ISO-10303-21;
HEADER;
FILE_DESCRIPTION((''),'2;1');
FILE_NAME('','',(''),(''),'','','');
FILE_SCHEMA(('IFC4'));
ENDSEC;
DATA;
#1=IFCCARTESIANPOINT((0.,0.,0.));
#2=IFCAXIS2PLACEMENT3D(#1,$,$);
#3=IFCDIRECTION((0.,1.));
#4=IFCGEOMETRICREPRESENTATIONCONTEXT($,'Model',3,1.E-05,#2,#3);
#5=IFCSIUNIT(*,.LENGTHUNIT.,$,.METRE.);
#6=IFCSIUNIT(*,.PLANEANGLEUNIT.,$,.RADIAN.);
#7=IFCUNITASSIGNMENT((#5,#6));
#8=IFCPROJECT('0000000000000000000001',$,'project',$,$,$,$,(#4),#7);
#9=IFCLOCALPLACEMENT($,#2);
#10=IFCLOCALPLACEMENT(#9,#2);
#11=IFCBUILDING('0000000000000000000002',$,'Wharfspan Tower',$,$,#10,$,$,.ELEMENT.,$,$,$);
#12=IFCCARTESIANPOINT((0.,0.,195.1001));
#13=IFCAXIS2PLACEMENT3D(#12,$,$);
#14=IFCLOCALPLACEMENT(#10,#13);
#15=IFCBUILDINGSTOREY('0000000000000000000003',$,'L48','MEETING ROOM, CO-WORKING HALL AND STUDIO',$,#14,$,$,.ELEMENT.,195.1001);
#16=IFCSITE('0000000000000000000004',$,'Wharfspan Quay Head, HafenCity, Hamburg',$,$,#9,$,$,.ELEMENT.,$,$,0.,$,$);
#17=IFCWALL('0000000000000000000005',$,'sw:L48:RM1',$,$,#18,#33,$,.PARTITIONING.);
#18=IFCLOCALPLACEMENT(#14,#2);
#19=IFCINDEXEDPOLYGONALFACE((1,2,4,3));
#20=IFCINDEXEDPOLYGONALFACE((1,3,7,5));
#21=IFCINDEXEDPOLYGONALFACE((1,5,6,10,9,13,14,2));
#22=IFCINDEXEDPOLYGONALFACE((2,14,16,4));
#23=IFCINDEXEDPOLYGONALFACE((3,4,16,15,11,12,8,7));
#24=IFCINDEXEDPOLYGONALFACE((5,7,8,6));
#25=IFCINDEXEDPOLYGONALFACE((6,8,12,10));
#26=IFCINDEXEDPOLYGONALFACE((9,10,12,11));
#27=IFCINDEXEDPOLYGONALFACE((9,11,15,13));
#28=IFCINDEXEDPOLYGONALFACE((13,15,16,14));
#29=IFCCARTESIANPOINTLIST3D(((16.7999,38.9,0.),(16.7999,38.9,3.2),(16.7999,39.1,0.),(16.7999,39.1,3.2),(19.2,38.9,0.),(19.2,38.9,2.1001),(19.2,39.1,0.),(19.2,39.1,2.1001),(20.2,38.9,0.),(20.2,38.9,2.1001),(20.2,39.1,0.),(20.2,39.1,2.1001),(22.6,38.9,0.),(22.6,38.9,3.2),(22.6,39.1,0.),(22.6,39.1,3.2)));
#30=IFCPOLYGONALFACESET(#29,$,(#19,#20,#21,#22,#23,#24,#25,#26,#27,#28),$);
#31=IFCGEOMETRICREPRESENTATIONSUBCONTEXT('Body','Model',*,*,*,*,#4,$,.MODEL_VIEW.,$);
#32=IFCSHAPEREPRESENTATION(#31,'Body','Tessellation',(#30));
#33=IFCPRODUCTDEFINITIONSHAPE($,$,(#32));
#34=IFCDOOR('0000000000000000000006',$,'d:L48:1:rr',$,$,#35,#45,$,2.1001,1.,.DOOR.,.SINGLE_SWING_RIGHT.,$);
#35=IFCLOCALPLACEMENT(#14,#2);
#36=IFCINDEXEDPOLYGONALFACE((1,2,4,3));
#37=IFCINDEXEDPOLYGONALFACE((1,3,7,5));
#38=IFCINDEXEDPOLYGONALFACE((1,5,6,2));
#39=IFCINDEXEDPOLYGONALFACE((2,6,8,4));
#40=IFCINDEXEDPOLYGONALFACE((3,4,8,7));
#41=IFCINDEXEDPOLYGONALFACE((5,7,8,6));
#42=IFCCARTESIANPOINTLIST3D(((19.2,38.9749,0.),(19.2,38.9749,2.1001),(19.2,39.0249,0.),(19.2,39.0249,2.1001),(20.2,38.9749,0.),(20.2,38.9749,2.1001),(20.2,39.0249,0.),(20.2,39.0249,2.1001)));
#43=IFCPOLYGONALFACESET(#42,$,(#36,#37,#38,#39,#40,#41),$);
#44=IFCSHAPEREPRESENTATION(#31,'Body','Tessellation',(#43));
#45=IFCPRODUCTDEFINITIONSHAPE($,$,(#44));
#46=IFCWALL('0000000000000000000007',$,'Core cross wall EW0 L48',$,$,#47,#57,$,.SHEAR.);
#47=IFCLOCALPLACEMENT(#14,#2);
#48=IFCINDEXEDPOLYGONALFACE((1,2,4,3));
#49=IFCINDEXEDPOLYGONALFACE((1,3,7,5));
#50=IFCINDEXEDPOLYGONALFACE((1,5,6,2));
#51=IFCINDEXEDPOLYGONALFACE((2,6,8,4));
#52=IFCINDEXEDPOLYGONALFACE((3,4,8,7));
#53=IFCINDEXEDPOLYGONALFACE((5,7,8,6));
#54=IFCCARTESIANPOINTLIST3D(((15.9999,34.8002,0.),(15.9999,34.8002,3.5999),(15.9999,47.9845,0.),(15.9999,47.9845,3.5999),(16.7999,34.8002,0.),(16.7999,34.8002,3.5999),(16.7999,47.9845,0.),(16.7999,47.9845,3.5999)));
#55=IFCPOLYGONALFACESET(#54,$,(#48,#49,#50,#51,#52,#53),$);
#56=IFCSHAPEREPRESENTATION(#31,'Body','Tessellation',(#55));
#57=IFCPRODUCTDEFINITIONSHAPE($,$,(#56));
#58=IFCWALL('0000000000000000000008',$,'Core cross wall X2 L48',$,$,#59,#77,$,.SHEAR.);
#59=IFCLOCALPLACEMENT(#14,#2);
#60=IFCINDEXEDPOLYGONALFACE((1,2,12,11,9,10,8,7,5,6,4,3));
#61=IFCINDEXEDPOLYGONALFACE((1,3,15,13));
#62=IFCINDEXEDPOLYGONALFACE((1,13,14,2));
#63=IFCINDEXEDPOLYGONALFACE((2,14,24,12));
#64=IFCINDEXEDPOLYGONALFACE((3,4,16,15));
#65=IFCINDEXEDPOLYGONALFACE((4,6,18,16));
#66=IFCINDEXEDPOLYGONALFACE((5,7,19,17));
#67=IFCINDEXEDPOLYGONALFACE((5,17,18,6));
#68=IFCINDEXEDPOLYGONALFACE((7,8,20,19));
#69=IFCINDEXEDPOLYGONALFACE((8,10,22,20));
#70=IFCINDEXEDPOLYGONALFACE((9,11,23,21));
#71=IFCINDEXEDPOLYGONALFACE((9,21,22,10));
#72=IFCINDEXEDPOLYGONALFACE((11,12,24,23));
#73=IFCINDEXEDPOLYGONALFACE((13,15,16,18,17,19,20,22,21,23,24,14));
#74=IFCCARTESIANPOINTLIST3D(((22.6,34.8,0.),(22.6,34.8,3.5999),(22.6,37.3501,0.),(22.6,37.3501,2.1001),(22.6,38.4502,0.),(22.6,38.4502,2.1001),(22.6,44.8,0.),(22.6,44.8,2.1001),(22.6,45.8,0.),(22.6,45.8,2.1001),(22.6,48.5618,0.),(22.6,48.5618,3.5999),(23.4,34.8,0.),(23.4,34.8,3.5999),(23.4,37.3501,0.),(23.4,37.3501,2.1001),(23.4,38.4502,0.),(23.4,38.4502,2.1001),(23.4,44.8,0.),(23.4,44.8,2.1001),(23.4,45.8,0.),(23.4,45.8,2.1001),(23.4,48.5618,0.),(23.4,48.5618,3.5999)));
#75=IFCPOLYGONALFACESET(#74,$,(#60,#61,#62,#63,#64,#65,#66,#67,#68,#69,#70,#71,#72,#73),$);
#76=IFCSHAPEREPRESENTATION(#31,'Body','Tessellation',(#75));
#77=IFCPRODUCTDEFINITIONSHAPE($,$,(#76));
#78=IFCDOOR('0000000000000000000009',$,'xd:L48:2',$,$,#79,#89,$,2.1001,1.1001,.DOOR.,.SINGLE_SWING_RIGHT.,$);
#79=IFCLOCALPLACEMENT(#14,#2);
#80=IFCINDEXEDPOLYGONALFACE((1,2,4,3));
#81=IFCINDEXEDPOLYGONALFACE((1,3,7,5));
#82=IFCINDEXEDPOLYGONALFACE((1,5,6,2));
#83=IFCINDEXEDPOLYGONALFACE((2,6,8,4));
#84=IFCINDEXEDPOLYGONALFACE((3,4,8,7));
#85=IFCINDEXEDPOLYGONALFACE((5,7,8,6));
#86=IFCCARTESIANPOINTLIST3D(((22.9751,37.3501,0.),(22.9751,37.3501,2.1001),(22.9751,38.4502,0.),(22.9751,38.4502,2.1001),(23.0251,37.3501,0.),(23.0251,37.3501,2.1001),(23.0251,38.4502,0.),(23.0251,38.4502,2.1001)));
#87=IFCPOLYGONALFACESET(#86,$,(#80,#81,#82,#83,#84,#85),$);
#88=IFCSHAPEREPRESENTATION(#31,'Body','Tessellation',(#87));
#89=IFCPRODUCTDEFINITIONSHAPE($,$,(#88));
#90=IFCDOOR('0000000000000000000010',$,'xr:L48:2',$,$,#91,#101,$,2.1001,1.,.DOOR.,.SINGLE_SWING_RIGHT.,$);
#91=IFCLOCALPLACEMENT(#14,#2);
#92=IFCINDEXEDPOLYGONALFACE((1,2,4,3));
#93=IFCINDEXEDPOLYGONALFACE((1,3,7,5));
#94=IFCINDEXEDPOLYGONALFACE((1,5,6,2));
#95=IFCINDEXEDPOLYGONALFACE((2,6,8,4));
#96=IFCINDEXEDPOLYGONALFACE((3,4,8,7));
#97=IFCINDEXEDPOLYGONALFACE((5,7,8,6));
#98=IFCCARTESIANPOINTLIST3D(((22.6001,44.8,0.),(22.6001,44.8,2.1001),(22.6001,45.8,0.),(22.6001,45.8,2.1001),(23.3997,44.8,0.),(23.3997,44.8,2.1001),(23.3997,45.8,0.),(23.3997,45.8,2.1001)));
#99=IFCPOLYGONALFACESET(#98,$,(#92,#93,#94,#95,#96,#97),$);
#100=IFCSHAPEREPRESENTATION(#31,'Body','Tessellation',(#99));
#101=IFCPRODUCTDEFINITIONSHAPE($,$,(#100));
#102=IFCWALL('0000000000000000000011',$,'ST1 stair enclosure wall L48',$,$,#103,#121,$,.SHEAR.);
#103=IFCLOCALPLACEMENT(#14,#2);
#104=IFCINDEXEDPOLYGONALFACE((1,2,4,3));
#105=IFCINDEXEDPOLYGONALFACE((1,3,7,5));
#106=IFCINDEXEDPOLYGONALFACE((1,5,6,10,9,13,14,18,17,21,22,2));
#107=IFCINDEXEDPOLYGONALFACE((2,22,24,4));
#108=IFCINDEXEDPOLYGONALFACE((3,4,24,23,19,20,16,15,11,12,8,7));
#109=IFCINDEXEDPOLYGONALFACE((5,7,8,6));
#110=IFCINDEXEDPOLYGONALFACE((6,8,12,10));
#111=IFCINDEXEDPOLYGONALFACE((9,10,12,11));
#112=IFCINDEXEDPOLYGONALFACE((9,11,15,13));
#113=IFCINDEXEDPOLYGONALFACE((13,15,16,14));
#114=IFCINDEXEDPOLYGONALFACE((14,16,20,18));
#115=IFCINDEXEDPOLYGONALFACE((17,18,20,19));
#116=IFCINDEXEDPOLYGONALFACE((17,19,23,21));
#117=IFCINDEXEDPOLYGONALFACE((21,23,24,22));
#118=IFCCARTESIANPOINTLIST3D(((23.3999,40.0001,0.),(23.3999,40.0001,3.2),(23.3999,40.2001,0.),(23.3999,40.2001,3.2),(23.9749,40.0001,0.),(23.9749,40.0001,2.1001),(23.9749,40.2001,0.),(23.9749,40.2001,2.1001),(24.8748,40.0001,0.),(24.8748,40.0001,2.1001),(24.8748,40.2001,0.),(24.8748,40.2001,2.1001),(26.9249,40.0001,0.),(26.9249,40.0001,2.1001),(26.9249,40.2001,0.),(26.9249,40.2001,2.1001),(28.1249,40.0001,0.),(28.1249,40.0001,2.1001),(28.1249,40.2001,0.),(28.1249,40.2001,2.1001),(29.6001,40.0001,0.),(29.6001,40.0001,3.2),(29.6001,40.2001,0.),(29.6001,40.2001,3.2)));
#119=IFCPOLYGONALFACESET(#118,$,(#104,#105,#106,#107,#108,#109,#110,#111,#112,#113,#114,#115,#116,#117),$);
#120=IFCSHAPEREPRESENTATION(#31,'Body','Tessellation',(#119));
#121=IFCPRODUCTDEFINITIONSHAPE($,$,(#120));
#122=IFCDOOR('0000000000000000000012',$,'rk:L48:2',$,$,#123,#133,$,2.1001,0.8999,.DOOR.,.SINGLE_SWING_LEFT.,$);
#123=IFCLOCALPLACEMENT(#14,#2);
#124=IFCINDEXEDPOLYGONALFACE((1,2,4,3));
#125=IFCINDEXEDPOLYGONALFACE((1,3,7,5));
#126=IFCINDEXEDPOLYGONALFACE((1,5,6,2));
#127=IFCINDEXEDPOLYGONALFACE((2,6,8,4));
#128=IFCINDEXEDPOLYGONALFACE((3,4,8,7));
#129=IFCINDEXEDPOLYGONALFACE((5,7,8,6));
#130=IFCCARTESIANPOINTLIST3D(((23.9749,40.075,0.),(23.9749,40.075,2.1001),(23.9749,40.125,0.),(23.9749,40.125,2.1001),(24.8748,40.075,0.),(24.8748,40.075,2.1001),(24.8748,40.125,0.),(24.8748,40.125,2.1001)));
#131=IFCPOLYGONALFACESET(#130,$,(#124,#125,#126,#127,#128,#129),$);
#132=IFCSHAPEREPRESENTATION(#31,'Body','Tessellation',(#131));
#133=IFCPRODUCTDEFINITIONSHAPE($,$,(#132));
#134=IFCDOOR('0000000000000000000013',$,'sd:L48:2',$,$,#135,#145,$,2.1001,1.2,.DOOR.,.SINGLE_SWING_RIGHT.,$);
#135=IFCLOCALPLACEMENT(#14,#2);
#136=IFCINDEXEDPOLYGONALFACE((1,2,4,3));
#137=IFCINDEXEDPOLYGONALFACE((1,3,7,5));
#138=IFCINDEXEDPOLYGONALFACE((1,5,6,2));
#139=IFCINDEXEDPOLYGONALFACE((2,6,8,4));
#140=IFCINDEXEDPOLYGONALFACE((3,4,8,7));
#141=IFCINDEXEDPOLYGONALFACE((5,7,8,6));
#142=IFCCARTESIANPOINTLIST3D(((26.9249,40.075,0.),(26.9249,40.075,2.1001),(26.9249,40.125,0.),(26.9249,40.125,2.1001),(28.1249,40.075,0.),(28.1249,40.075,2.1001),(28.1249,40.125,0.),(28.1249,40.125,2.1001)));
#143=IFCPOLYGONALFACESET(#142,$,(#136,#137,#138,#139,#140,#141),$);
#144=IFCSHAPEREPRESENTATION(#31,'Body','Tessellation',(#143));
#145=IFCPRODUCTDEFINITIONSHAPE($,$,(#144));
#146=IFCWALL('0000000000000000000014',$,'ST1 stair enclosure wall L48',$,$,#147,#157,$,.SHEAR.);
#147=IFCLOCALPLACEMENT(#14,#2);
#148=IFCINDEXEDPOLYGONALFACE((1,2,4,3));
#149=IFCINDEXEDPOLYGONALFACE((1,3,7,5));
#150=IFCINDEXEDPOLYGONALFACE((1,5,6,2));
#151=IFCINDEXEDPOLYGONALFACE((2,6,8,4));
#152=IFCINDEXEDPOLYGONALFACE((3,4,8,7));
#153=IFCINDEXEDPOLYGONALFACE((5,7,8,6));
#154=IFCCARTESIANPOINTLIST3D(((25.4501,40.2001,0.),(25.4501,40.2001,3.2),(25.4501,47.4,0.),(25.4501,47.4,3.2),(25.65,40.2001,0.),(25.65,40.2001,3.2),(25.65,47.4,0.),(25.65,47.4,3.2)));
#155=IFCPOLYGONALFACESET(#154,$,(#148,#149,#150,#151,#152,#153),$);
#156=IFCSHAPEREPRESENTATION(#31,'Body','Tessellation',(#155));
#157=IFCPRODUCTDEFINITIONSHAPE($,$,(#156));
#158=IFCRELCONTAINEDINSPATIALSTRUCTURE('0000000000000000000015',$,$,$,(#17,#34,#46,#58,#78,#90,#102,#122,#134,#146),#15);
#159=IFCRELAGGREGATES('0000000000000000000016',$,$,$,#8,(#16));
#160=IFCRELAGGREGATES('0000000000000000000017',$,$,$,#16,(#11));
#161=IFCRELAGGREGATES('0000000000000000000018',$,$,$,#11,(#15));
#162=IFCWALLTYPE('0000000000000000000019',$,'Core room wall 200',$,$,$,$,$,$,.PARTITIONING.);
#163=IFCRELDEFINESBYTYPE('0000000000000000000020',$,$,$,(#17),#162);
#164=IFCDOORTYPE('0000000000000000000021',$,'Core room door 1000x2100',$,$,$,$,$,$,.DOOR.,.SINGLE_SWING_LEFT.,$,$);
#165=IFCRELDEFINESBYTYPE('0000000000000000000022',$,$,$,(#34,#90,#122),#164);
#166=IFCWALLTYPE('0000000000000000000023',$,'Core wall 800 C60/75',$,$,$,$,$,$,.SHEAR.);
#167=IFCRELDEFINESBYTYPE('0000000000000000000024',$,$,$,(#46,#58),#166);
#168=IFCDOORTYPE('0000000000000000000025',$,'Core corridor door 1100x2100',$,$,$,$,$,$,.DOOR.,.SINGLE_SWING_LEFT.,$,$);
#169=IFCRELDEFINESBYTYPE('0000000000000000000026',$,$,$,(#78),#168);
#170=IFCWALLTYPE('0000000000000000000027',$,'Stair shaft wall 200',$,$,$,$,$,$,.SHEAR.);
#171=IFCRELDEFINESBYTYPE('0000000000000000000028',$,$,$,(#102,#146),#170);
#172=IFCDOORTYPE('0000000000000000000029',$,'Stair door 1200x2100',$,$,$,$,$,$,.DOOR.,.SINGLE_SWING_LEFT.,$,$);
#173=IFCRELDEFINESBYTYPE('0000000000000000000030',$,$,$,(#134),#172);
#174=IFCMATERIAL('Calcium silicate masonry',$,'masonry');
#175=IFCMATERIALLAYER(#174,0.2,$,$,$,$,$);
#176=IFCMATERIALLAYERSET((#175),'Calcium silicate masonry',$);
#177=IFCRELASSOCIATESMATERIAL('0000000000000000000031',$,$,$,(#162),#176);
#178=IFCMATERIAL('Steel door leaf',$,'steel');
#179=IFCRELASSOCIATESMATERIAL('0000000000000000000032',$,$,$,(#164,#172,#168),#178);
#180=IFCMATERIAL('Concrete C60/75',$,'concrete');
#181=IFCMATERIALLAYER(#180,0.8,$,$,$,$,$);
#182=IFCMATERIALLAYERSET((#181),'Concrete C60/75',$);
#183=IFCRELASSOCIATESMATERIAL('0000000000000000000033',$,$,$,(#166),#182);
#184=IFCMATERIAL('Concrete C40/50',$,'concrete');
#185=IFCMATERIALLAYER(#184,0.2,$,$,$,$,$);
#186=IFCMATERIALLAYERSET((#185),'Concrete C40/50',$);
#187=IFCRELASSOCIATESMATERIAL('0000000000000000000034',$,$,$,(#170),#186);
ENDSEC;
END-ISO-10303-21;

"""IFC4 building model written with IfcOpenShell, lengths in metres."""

from ifc_helpers import new_model, si_unit, direction, frame, frame_2d, origin, place, context, subcontext, project, spatial, rectangle, extrude, material, layer, layer_set, type_object, element, fill, save


model = new_model("IFC4")

# Units and contexts
model_context = context("Model", 3, precision=1e-05, world=origin(), true_north=direction((0.0, 1.0)))
body_context = subcontext(model_context, "Body", "Model", "MODEL_VIEW")
ifc_project = project(units=[si_unit("LENGTHUNIT", "METRE"), si_unit("PLANEANGLEUNIT", "RADIAN")], contexts=[model_context])

# Site, building, storey
site_placement = place(None, origin())
site = spatial("IfcSite", under=ifc_project, at=site_placement, Name="Wharfspan Quay Head, HafenCity, Hamburg", CompositionType="ELEMENT", RefElevation=0.0)
building_placement = place(site_placement, origin())
building = spatial("IfcBuilding", under=site, at=building_placement, Name="Wharfspan Tower", CompositionType="ELEMENT")
storey_placement = place(building_placement, frame((0.0, 0.0, 195.1001)))
storey = spatial("IfcBuildingStorey", under=building, at=storey_placement, Name="L48", Description="MEETING ROOM, CO-WORKING HALL AND STUDIO", CompositionType="ELEMENT", Elevation=195.1001)

# Wall, opening, door
ifc_material_1 = material(Name="Calcium silicate masonry", Category="masonry")
ifc_layer_1 = layer(ifc_material_1, 0.2)
ifc_layer_set_1 = layer_set([ifc_layer_1], Name="Calcium silicate masonry")
wall_type_1 = type_object("IfcWallType", Name="Core room wall 200", PredefinedType="PARTITIONING", material=ifc_layer_set_1)
wall_1_placement = place(storey_placement, frame((16.8, 39.0, 0.0), z_axis=(0.0, 0.0, 1.0), x_axis=(1.0, 0.0, 0.0)))
wall_1 = element("IfcWall", 1, at=wall_1_placement, inside=storey, type_object=wall_type_1, Name="sw:L48:RM1", PredefinedType="PARTITIONING", context=body_context, shape_type="SweptSolid", body=[
    extrude(rectangle(XDim=5.8, YDim=0.2, at=frame_2d((2.8999, 0.0))), origin(), (0.0, 0.0, 1.0), 3.2),
])
opening_1_placement = place(wall_1_placement, frame((2.3999, 0.0, 0.0)))
opening_1 = element("IfcOpeningElement", 2, at=opening_1_placement, cuts=wall_1, PredefinedType="OPENING", context=body_context, shape_type="SweptSolid", body=[
    extrude(rectangle(XDim=1.0, YDim=2.1001, at=frame_2d((0.5, 1.05))), frame((0.0, 0.1099, 0.0), z_axis=(0.0, -1.0, 0.0), x_axis=(1.0, 0.0, 0.0)), (0.0, 0.0, 1.0), 0.22),
])
ifc_material_2 = material(Name="Steel door leaf", Category="steel")
door_type_1 = type_object("IfcDoorType", Name="Core room door 1000x2100", OperationType="SINGLE_SWING_LEFT", PredefinedType="DOOR", material=ifc_material_2)
door_1_placement = place(opening_1_placement, origin())
door_1 = element("IfcDoor", 3, at=door_1_placement, inside=storey, type_object=door_type_1, Name="d:L48:1:rr", OperationType="SINGLE_SWING_RIGHT", OverallHeight=2.1001, OverallWidth=1.0, PredefinedType="DOOR", context=body_context, shape_type="SweptSolid", body=[
    extrude(rectangle(XDim=1.0, YDim=2.1001, at=frame_2d((0.5, 1.05))), frame((0.0, 0.0249, 0.0), z_axis=(0.0, -1.0, 0.0), x_axis=(1.0, 0.0, 0.0)), (0.0, 0.0, 1.0), 0.05),
])
fill(opening_1, door_1)

# Shared definitions
ifc_material_3 = material(Name="Concrete C60/75", Category="concrete")
ifc_layer_2 = layer(ifc_material_3, 0.8)
ifc_layer_set_2 = layer_set([ifc_layer_2], Name="Concrete C60/75")
wall_type_2 = type_object("IfcWallType", Name="Core wall 800 C60/75", PredefinedType="SHEAR", material=ifc_layer_set_2)
door_type_2 = type_object("IfcDoorType", Name="Stair door 1200x2100", OperationType="SINGLE_SWING_LEFT", PredefinedType="DOOR", material=ifc_material_2)

# Wall
wall_2_placement = place(storey_placement, frame((16.3999, 34.8, 0.0), z_axis=(0.0, 0.0, 1.0), x_axis=(0.0, 1.0, 0.0)))
element("IfcWall", 4, at=wall_2_placement, inside=storey, type_object=wall_type_2, Name="Core cross wall EW0 L48", PredefinedType="SHEAR", context=body_context, shape_type="SweptSolid", body=[
    extrude(rectangle(XDim=13.1843, YDim=0.8, at=frame_2d((6.5923, 0.0))), origin(), (0.0, 0.0, 1.0), 3.5999),
])

# Walls, openings, doors
wall_3_placement = place(storey_placement, frame((23.0, 34.8, 0.0), z_axis=(0.0, 0.0, 1.0), x_axis=(0.0, 1.0, 0.0)))
wall_3 = element("IfcWall", 5, at=wall_3_placement, inside=storey, type_object=wall_type_2, Name="Core cross wall X2 L48", PredefinedType="SHEAR", context=body_context, shape_type="SweptSolid", body=[
    extrude(rectangle(XDim=13.7617, YDim=0.8, at=frame_2d((6.8809, 0.0))), origin(), (0.0, 0.0, 1.0), 3.5999),
])
opening_2_placement = place(wall_3_placement, frame((2.55, 0.0, 0.0)))
opening_2 = element("IfcOpeningElement", 6, at=opening_2_placement, cuts=wall_3, PredefinedType="OPENING", context=body_context, shape_type="SweptSolid", body=[
    extrude(rectangle(XDim=1.1001, YDim=2.1001, at=frame_2d((0.55, 1.05))), frame((0.0, 0.4099, 0.0), z_axis=(0.0, -1.0, 0.0), x_axis=(1.0, 0.0, 0.0)), (0.0, 0.0, 1.0), 0.8201),
])
opening_3_placement = place(wall_3_placement, frame((10.0, 0.0, 0.0)))
opening_3 = element("IfcOpeningElement", 7, at=opening_3_placement, cuts=wall_3, PredefinedType="OPENING", context=body_context, shape_type="SweptSolid", body=[
    extrude(rectangle(XDim=1.0, YDim=2.1001, at=frame_2d((0.5, 1.05))), frame((0.0, 0.4099, 0.0), z_axis=(0.0, -1.0, 0.0), x_axis=(1.0, 0.0, 0.0)), (0.0, 0.0, 1.0), 0.8201),
])
door_type_3 = type_object("IfcDoorType", Name="Core corridor door 1100x2100", OperationType="SINGLE_SWING_LEFT", PredefinedType="DOOR", material=ifc_material_2)
door_2_placement = place(opening_2_placement, origin())
door_2 = element("IfcDoor", 8, at=door_2_placement, inside=storey, type_object=door_type_3, Name="xd:L48:2", OperationType="SINGLE_SWING_RIGHT", OverallHeight=2.1001, OverallWidth=1.1001, PredefinedType="DOOR", context=body_context, shape_type="SweptSolid", body=[
    extrude(rectangle(XDim=1.1001, YDim=2.1001, at=frame_2d((0.55, 1.05))), frame((0.0, 0.0249, 0.0), z_axis=(0.0, -1.0, 0.0), x_axis=(1.0, 0.0, 0.0)), (0.0, 0.0, 1.0), 0.05),
])
fill(opening_2, door_2)
door_3_placement = place(opening_3_placement, origin())
door_3 = element("IfcDoor", 9, at=door_3_placement, inside=storey, type_object=door_type_1, Name="xr:L48:2", OperationType="SINGLE_SWING_RIGHT", OverallHeight=2.1001, OverallWidth=1.0, PredefinedType="DOOR", context=body_context, shape_type="SweptSolid", body=[
    extrude(rectangle(XDim=1.0, YDim=2.1001, at=frame_2d((0.5, 1.05))), frame((0.0, 0.3999, 0.0), z_axis=(0.0, -1.0, 0.0), x_axis=(1.0, 0.0, 0.0)), (0.0, 0.0, 1.0), 0.7996),
])
fill(opening_3, door_3)
ifc_material_4 = material(Name="Concrete C40/50", Category="concrete")
ifc_layer_3 = layer(ifc_material_4, 0.2)
ifc_layer_set_3 = layer_set([ifc_layer_3], Name="Concrete C40/50")
wall_type_3 = type_object("IfcWallType", Name="Stair shaft wall 200", PredefinedType="SHEAR", material=ifc_layer_set_3)
wall_4_placement = place(storey_placement, frame((23.3999, 40.1001, 0.0), z_axis=(0.0, 0.0, 1.0), x_axis=(1.0, 0.0, 0.0)))
wall_4 = element("IfcWall", 10, at=wall_4_placement, inside=storey, type_object=wall_type_3, Name="ST1 stair enclosure wall L48", PredefinedType="SHEAR", context=body_context, shape_type="SweptSolid", body=[
    extrude(rectangle(XDim=6.2002, YDim=0.2, at=frame_2d((3.1001, 0.0))), origin(), (0.0, 0.0, 1.0), 3.2),
])
opening_4_placement = place(wall_4_placement, frame((3.5249, 0.0, 0.0)))
opening_4 = element("IfcOpeningElement", 11, at=opening_4_placement, cuts=wall_4, PredefinedType="OPENING", context=body_context, shape_type="SweptSolid", body=[
    extrude(rectangle(XDim=1.2, YDim=2.1001, at=frame_2d((0.6001, 1.05))), frame((0.0, 0.1099, 0.0), z_axis=(0.0, -1.0, 0.0), x_axis=(1.0, 0.0, 0.0)), (0.0, 0.0, 1.0), 0.22),
])
opening_5_placement = place(wall_4_placement, frame((0.575, 0.0, 0.0)))
opening_5 = element("IfcOpeningElement", 12, at=opening_5_placement, cuts=wall_4, PredefinedType="OPENING", context=body_context, shape_type="SweptSolid", body=[
    extrude(rectangle(XDim=0.8999, YDim=2.1001, at=frame_2d((0.45, 1.05))), frame((0.0, 0.1099, 0.0), z_axis=(0.0, -1.0, 0.0), x_axis=(1.0, 0.0, 0.0)), (0.0, 0.0, 1.0), 0.22),
])
door_4_placement = place(opening_5_placement, origin())
door_4 = element("IfcDoor", 13, at=door_4_placement, inside=storey, type_object=door_type_1, Name="rk:L48:2", OperationType="SINGLE_SWING_LEFT", OverallHeight=2.1001, OverallWidth=0.8999, PredefinedType="DOOR", context=body_context, shape_type="SweptSolid", body=[
    extrude(rectangle(XDim=0.8999, YDim=2.1001, at=frame_2d((0.45, 1.05))), frame((0.0, 0.0249, 0.0), z_axis=(0.0, -1.0, 0.0), x_axis=(1.0, 0.0, 0.0)), (0.0, 0.0, 1.0), 0.05),
])
fill(opening_5, door_4)
door_5_placement = place(opening_4_placement, origin())
door_5 = element("IfcDoor", 14, at=door_5_placement, inside=storey, type_object=door_type_2, Name="sd:L48:2", OperationType="SINGLE_SWING_RIGHT", OverallHeight=2.1001, OverallWidth=1.2, PredefinedType="DOOR", context=body_context, shape_type="SweptSolid", body=[
    extrude(rectangle(XDim=1.2, YDim=2.1001, at=frame_2d((0.6001, 1.05))), frame((0.0, 0.0249, 0.0), z_axis=(0.0, -1.0, 0.0), x_axis=(1.0, 0.0, 0.0)), (0.0, 0.0, 1.0), 0.05),
])
fill(opening_4, door_5)

# Wall
wall_5_placement = place(storey_placement, frame((25.55, 40.2, 0.0), z_axis=(0.0, 0.0, 1.0), x_axis=(0.0, 1.0, 0.0)))
element("IfcWall", 15, at=wall_5_placement, inside=storey, type_object=wall_type_3, Name="ST1 stair enclosure wall L48", PredefinedType="SHEAR", context=body_context, shape_type="SweptSolid", body=[
    extrude(rectangle(XDim=7.2, YDim=0.2, at=frame_2d((3.6001, 0.0))), origin(), (0.0, 0.0, 1.0), 3.2),
])

save(model, "model.ifc")
